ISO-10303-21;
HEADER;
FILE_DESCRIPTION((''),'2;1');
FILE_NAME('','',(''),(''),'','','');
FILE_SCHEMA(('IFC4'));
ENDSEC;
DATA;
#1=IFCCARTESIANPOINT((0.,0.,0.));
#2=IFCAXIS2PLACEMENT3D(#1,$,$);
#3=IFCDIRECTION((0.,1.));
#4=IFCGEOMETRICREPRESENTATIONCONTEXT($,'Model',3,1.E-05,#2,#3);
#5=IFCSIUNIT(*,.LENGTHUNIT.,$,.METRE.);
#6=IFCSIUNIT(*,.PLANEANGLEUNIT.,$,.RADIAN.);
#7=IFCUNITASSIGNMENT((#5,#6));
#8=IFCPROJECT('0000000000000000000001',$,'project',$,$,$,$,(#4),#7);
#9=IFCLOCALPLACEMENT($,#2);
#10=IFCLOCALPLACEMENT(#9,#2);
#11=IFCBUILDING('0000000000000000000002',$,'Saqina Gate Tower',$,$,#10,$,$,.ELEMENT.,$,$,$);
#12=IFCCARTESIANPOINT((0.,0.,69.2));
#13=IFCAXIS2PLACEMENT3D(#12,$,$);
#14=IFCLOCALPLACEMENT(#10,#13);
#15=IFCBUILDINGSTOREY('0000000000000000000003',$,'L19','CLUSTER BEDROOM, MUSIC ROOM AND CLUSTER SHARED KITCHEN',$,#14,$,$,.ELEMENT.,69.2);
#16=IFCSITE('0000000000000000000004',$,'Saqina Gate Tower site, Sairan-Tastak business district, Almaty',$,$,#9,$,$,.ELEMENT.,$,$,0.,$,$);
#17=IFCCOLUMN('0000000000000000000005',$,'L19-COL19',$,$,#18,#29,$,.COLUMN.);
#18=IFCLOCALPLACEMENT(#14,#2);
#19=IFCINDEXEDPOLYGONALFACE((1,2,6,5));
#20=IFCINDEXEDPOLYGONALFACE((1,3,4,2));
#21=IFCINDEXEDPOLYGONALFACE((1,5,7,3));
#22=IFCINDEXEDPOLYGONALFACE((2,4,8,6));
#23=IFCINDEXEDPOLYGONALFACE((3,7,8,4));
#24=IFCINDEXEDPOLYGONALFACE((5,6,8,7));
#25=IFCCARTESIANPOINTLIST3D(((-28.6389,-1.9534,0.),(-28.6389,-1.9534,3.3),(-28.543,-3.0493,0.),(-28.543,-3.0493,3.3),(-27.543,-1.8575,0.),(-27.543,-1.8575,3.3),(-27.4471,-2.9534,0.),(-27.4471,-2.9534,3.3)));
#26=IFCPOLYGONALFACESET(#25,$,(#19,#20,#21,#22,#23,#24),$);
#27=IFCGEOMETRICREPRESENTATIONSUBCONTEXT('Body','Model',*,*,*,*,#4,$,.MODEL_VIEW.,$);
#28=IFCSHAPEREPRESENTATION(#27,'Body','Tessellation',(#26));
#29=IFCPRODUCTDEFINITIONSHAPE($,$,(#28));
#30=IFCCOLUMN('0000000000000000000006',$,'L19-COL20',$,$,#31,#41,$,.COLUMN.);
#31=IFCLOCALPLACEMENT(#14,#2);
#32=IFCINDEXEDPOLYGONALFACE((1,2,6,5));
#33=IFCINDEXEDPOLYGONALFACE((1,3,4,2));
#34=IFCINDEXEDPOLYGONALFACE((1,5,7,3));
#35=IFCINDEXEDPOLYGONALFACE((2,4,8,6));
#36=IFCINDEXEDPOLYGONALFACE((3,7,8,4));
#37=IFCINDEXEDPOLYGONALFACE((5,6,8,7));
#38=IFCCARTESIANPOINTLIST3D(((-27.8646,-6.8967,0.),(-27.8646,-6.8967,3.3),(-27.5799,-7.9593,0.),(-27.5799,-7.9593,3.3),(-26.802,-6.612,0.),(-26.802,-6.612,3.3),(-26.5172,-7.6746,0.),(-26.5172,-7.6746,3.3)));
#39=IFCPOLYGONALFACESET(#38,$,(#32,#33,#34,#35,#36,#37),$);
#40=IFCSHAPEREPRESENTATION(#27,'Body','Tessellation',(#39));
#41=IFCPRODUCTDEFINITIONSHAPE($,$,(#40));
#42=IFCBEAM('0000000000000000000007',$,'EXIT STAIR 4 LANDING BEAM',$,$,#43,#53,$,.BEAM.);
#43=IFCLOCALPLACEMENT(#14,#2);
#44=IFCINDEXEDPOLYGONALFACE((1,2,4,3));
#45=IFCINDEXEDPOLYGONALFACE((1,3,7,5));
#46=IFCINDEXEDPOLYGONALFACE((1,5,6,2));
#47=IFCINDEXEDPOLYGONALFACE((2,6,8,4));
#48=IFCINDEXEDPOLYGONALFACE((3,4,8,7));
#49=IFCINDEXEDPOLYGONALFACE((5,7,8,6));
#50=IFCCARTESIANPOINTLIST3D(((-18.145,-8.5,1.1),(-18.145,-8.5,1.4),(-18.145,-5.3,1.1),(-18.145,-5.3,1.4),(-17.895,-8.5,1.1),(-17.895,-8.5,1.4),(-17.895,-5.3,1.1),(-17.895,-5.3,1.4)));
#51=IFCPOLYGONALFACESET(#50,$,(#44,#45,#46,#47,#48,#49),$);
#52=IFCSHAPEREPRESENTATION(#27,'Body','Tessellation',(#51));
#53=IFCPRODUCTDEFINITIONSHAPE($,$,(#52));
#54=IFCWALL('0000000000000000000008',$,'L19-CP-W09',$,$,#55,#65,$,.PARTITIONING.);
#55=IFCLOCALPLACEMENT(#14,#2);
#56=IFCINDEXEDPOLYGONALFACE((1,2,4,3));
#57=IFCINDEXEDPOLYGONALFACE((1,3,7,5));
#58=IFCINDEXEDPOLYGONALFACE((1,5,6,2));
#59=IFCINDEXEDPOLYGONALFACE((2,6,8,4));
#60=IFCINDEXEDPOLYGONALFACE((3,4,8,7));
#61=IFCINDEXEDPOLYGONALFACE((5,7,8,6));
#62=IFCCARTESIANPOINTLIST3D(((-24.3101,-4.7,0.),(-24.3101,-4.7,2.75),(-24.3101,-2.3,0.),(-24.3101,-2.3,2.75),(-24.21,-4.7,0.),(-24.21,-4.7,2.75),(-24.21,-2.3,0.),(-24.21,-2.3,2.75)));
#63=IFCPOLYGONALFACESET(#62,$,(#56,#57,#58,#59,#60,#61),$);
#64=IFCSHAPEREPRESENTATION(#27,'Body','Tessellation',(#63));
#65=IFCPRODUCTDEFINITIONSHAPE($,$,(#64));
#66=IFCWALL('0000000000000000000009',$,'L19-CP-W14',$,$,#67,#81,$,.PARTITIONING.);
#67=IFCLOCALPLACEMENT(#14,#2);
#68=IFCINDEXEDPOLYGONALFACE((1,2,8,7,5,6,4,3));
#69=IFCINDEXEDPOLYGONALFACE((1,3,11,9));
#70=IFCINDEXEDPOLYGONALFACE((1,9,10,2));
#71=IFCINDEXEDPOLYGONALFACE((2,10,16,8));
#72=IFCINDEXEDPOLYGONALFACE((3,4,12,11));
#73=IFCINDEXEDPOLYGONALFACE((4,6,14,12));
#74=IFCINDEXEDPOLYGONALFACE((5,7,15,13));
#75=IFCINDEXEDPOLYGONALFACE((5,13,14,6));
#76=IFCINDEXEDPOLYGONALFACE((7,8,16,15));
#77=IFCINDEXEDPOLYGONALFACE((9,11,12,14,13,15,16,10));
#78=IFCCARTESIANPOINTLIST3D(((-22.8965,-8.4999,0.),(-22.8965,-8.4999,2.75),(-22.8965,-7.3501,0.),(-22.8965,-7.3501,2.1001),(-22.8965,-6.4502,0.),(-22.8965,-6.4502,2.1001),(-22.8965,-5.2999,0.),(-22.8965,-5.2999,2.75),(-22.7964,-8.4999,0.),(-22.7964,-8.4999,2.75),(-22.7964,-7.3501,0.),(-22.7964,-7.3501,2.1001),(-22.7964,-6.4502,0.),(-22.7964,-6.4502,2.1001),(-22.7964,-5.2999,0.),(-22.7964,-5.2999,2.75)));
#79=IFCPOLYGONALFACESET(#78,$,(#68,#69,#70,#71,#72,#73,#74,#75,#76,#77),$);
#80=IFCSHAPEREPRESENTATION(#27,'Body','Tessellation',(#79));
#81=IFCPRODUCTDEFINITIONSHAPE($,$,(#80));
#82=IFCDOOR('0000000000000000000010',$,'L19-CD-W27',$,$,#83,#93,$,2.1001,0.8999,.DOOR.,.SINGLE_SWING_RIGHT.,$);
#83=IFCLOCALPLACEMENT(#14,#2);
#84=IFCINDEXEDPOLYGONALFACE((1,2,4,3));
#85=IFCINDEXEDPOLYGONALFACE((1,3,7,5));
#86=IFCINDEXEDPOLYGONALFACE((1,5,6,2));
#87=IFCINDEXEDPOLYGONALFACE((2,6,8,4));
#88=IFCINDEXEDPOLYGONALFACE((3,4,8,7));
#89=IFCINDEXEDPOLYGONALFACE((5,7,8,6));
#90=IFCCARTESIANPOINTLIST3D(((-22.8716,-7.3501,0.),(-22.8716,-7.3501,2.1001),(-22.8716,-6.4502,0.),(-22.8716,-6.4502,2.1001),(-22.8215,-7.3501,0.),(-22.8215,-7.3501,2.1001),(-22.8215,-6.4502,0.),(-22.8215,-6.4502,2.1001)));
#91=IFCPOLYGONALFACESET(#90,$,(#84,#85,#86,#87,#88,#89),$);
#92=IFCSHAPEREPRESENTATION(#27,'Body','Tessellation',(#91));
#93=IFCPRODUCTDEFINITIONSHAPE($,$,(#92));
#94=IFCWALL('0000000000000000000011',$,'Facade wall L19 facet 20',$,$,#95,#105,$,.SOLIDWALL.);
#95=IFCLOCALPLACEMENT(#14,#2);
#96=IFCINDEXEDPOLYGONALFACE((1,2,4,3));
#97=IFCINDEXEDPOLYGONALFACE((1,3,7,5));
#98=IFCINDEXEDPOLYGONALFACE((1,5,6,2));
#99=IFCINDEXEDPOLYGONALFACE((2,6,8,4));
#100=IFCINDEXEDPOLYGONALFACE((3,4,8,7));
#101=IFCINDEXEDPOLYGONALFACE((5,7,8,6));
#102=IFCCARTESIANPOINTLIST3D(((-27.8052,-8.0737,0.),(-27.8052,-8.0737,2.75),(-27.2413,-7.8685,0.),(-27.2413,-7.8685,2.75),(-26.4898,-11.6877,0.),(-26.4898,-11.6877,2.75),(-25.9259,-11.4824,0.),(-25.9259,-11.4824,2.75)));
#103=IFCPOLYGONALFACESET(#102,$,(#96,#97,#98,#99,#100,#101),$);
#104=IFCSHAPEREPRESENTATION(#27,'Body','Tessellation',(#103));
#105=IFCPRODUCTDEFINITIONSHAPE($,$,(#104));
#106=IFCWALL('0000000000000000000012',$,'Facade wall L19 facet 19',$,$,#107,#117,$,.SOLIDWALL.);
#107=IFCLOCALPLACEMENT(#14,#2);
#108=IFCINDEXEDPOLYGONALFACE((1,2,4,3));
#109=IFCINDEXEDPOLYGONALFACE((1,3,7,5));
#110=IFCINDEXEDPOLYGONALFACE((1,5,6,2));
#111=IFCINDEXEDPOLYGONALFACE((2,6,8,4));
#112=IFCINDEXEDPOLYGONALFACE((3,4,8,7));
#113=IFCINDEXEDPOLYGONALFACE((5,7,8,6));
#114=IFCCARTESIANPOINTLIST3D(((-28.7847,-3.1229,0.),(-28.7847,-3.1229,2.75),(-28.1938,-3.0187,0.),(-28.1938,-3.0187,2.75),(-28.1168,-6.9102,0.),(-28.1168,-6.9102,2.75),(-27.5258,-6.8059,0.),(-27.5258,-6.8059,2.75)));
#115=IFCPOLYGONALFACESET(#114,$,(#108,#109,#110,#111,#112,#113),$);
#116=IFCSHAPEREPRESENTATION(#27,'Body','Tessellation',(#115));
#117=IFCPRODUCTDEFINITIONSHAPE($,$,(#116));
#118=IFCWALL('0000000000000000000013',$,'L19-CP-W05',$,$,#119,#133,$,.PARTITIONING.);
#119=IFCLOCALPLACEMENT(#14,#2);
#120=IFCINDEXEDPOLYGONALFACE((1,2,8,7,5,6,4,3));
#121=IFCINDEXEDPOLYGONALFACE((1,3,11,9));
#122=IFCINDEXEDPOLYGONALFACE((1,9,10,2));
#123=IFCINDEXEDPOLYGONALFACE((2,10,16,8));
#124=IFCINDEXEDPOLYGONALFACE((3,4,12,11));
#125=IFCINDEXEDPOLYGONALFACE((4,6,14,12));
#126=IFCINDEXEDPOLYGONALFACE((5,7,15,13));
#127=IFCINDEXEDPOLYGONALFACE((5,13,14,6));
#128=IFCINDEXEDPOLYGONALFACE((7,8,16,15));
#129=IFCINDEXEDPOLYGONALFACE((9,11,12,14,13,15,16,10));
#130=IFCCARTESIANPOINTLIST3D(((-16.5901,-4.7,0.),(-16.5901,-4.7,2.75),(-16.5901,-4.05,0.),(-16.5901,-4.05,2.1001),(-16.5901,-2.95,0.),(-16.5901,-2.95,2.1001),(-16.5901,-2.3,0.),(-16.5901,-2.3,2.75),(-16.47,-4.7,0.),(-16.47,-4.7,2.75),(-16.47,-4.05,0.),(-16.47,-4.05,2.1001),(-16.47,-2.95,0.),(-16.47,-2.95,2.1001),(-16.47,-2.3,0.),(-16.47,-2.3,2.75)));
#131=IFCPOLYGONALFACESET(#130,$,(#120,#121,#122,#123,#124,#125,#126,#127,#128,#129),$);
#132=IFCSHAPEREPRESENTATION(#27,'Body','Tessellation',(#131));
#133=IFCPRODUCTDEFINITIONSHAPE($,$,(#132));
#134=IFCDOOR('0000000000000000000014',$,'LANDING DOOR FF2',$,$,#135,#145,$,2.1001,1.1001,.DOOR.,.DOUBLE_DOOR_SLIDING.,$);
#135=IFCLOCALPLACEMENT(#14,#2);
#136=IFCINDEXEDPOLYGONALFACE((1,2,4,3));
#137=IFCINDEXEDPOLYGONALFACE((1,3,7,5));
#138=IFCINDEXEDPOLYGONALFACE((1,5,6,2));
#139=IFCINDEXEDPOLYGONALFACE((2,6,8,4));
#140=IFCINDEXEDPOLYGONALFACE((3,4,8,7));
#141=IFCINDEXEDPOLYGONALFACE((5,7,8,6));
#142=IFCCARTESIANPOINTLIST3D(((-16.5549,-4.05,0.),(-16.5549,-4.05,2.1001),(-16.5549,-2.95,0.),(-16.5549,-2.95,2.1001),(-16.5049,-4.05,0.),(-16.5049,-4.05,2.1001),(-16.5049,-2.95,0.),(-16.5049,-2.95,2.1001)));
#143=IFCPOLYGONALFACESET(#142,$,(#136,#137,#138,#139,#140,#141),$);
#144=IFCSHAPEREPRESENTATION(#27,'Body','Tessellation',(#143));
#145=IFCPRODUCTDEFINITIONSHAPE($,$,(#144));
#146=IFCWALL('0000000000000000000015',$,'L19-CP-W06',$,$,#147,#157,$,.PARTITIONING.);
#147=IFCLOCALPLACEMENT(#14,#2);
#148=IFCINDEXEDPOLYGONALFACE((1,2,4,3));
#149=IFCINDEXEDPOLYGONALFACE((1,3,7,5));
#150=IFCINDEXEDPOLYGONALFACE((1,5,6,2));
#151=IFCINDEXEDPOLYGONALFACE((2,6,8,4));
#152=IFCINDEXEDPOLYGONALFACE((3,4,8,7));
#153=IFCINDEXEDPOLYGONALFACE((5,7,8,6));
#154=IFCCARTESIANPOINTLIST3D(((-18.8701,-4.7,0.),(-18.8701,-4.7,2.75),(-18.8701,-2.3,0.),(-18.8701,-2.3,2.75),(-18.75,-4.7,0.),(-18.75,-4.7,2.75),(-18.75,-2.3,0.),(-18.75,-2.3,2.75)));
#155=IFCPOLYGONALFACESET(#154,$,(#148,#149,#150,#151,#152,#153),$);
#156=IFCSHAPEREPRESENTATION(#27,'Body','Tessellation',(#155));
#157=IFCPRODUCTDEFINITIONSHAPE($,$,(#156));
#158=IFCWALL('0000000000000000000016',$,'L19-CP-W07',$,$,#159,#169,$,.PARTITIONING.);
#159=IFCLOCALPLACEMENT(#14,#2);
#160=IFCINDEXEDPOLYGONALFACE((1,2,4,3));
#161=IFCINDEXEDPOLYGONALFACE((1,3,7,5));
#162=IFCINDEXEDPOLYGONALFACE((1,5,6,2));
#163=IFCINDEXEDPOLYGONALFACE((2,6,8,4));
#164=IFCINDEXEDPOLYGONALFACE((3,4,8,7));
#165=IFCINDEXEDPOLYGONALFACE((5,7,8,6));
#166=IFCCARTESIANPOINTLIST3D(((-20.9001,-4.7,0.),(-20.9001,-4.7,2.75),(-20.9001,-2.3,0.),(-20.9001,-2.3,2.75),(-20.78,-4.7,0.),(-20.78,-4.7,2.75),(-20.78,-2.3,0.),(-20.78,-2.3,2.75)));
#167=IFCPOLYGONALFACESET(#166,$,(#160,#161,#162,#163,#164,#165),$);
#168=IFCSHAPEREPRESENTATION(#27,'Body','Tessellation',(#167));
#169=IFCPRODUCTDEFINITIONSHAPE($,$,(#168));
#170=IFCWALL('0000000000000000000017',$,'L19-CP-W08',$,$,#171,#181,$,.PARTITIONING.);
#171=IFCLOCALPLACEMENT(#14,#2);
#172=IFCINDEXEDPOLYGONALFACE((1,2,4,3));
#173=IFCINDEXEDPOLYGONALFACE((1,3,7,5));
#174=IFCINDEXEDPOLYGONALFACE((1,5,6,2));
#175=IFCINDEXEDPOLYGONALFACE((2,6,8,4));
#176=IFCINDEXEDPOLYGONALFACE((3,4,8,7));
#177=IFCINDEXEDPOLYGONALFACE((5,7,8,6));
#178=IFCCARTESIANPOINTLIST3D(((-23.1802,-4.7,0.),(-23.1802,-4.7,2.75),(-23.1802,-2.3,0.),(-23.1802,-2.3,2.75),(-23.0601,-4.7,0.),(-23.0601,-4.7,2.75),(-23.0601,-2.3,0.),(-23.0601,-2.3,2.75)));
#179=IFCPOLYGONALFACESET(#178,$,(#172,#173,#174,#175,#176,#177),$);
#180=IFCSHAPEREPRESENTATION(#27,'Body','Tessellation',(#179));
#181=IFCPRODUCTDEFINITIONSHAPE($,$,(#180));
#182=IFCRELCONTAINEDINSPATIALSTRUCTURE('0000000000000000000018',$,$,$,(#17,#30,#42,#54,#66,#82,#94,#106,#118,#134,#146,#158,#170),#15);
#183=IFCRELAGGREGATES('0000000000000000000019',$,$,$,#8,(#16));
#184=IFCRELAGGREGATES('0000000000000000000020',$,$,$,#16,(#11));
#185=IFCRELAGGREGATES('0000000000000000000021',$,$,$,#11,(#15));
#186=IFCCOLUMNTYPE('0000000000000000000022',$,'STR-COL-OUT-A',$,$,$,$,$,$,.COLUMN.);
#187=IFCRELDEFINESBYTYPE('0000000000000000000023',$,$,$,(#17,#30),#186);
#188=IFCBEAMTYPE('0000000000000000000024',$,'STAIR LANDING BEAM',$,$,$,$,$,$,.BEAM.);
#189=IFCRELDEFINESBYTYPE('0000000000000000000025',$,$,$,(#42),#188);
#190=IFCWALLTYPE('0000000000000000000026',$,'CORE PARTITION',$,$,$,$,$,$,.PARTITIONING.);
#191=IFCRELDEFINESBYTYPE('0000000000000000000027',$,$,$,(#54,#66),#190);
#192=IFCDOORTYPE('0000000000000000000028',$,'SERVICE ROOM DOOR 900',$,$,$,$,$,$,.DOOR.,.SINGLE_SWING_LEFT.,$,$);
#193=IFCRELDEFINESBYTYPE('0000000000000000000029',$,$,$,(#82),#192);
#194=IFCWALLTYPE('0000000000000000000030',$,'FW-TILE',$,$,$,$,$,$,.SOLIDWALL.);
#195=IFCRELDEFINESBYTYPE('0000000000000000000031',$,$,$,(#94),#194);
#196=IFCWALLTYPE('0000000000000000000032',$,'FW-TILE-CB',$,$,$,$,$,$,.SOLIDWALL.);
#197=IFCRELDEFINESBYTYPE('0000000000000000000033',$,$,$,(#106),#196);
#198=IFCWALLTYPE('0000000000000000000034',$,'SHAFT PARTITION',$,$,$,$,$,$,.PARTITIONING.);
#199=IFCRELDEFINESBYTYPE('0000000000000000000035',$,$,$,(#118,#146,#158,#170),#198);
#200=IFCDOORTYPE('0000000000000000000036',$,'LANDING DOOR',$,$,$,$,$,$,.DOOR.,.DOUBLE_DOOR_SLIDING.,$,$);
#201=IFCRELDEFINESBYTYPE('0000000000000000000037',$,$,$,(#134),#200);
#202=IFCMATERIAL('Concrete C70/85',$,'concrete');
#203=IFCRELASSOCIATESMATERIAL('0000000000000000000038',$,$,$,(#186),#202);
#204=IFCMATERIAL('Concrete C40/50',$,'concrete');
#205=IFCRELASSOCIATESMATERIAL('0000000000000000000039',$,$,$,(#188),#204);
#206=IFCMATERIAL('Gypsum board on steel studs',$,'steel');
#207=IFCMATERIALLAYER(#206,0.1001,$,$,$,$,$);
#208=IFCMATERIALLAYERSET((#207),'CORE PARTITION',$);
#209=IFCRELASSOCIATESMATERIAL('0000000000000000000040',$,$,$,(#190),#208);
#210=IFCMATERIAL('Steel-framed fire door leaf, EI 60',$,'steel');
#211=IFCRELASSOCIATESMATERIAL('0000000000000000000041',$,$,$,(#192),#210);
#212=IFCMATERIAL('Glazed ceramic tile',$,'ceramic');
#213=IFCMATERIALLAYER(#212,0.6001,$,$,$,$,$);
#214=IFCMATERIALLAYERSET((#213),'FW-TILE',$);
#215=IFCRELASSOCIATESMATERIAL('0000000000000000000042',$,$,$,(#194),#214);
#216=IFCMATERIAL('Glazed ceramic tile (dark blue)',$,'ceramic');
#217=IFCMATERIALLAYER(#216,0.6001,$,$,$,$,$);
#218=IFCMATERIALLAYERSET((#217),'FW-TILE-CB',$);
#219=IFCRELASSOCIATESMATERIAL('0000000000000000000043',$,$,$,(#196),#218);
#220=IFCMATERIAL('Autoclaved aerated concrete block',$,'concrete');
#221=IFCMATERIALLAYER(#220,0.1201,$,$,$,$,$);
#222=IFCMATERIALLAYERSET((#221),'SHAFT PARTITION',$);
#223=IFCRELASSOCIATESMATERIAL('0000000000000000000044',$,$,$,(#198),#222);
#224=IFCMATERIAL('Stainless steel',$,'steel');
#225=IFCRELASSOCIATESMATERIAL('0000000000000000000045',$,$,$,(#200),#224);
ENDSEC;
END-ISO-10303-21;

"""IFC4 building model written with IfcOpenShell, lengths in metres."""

from ifc_helpers import new_model, si_unit, direction, frame, frame_2d, origin, origin_2d, place, context, subcontext, project, spatial, rectangle, extrude, material, layer, layer_set, material_profile, profile_set, type_object, element, fill, save


model = new_model("IFC4")

# Units and contexts
model_context = context("Model", 3, precision=1e-05, world=origin(), true_north=direction((0.0, 1.0)))
body_context = subcontext(model_context, "Body", "Model", "MODEL_VIEW")
ifc_project = project(units=[si_unit("LENGTHUNIT", "METRE"), si_unit("PLANEANGLEUNIT", "RADIAN")], contexts=[model_context])

# Site, building, storey
site_placement = place(None, origin())
site = spatial("IfcSite", under=ifc_project, at=site_placement, Name="Saqina Gate Tower site, Sairan-Tastak business district, Almaty", CompositionType="ELEMENT", RefElevation=0.0)
building_placement = place(site_placement, origin())
building = spatial("IfcBuilding", under=site, at=building_placement, Name="Saqina Gate Tower", CompositionType="ELEMENT")
storey_placement = place(building_placement, frame((0.0, 0.0, 69.2)))
storey = spatial("IfcBuildingStorey", under=building, at=storey_placement, Name="L19", Description="CLUSTER BEDROOM, MUSIC ROOM AND CLUSTER SHARED KITCHEN", CompositionType="ELEMENT", Elevation=69.2)

# Columns
ifc_material_1 = material(Name="Concrete C70/85", Category="concrete")
ifc_material_profile_1 = material_profile(ifc_material_1, rectangle(XDim=1.1001, YDim=1.1001, at=origin_2d()), Name="RC 1100x1100")
ifc_profile_set_1 = profile_set([ifc_material_profile_1], Name="Concrete C70/85")
column_type = type_object("IfcColumnType", Name="STR-COL-OUT-A", PredefinedType="COLUMN", material=ifc_profile_set_1)
for number, where, z_axis, x_axis, name in (
    (1, (-28.043, -2.4534, 0.0), (0.0, 0.0, 1.0), (-0.996195, -0.087156, 0.0), "L19-COL19"),
    (2, (-27.1909, -7.2856, 0.0), (0.0, 0.0, 1.0), (-0.965926, -0.258819, 0.0), "L19-COL20"),
):
    element("IfcColumn", number, at=place(storey_placement, frame(where, z_axis=z_axis, x_axis=x_axis)), inside=storey, type_object=column_type, Name=name, PredefinedType="COLUMN", context=body_context, shape_type="SweptSolid", body=[
        extrude(rectangle(XDim=1.1001, YDim=1.1001, at=origin_2d()), origin(), (0.0, 0.0, 1.0), 3.3),
    ])

# Beam
ifc_material_2 = material(Name="Concrete C40/50", Category="concrete")
ifc_material_profile_2 = material_profile(ifc_material_2, rectangle(XDim=0.25, YDim=0.3, at=origin_2d()), Name="STAIR LANDING BEAM")
ifc_profile_set_2 = profile_set([ifc_material_profile_2], Name="Concrete C40/50")
beam_type = type_object("IfcBeamType", Name="STAIR LANDING BEAM", PredefinedType="BEAM", material=ifc_profile_set_2)
beam_placement = place(storey_placement, frame((-18.02, -8.5, 1.25), z_axis=(0.0, 1.0, 0.0), x_axis=(-1.0, 0.0, 0.0)))
element("IfcBeam", 3, at=beam_placement, inside=storey, type_object=beam_type, Name="EXIT STAIR 4 LANDING BEAM", PredefinedType="BEAM", context=body_context, shape_type="SweptSolid", body=[
    extrude(rectangle(XDim=0.25, YDim=0.3, at=origin_2d()), origin(), (0.0, 0.0, 1.0), 3.2),
])

# Wall
ifc_material_3 = material(Name="Gypsum board on steel studs", Category="steel")
ifc_layer_1 = layer(ifc_material_3, 0.1001)
ifc_layer_set_1 = layer_set([ifc_layer_1], Name="CORE PARTITION")
wall_type_1 = type_object("IfcWallType", Name="CORE PARTITION", PredefinedType="PARTITIONING", material=ifc_layer_set_1)
wall_1_placement = place(storey_placement, frame((-24.26, -4.7, 0.0), z_axis=(0.0, 0.0, 1.0), x_axis=(0.0, 1.0, 0.0)))
element("IfcWall", 4, at=wall_1_placement, inside=storey, type_object=wall_type_1, Name="L19-CP-W09", PredefinedType="PARTITIONING", context=body_context, shape_type="SweptSolid", body=[
    extrude(rectangle(XDim=2.3999, YDim=0.1001, at=frame_2d((1.2, 0.0))), origin(), (0.0, 0.0, 1.0), 2.75),
])

# Wall, opening, door
wall_2_placement = place(storey_placement, frame((-22.8464, -8.5, 0.0), z_axis=(0.0, 0.0, 1.0), x_axis=(0.0, 1.0, 0.0)))
wall_2 = element("IfcWall", 5, at=wall_2_placement, inside=storey, type_object=wall_type_1, Name="L19-CP-W14", PredefinedType="PARTITIONING", context=body_context, shape_type="SweptSolid", body=[
    extrude(rectangle(XDim=3.2, YDim=0.1001, at=frame_2d((1.6001, 0.0))), origin(), (0.0, 0.0, 1.0), 2.75),
])
opening_1_placement = place(wall_2_placement, frame((1.1499, 0.0, 0.0)))
opening_1 = element("IfcOpeningElement", 6, at=opening_1_placement, cuts=wall_2, PredefinedType="OPENING", context=body_context, shape_type="SweptSolid", body=[
    extrude(rectangle(XDim=0.8999, YDim=2.1001, at=frame_2d((0.45, 1.05))), frame((0.0, 0.062, 0.0), z_axis=(0.0, -1.0, 0.0), x_axis=(1.0, 0.0, 0.0)), (0.0, 0.0, 1.0), 0.124),
])
ifc_material_4 = material(Name="Steel-framed fire door leaf, EI 60", Category="steel")
door_type_1 = type_object("IfcDoorType", Name="SERVICE ROOM DOOR 900", OperationType="SINGLE_SWING_LEFT", PredefinedType="DOOR", material=ifc_material_4)
door_1_placement = place(opening_1_placement, frame((0.8999, 0.0, 0.0), z_axis=(0.0, 0.0, 1.0), x_axis=(-1.0, 0.0, 0.0)))
door_1 = element("IfcDoor", 7, at=door_1_placement, inside=storey, type_object=door_type_1, Name="L19-CD-W27", OperationType="SINGLE_SWING_RIGHT", OverallHeight=2.1001, OverallWidth=0.8999, PredefinedType="DOOR", context=body_context, shape_type="SweptSolid", body=[
    extrude(rectangle(XDim=0.8999, YDim=2.1001, at=frame_2d((0.45, 1.05))), frame((0.0, 0.0249, 0.0), z_axis=(0.0, -1.0, 0.0), x_axis=(1.0, 0.0, 0.0)), (0.0, 0.0, 1.0), 0.05),
])
fill(opening_1, door_1)

# Walls
ifc_material_5 = material(Name="Glazed ceramic tile", Category="ceramic")
ifc_layer_2 = layer(ifc_material_5, 0.6001)
ifc_layer_set_2 = layer_set([ifc_layer_2], Name="FW-TILE")
wall_type_2 = type_object("IfcWallType", Name="FW-TILE", PredefinedType="SOLIDWALL", material=ifc_layer_set_2)
wall_3_placement = place(storey_placement, frame((-27.5232, -7.9712, 0.0), z_axis=(0.0, 0.0, 1.0), x_axis=(0.342028, -0.93969, 0.0)))
element("IfcWall", 8, at=wall_3_placement, inside=storey, type_object=wall_type_2, Name="Facade wall L19 facet 20", PredefinedType="SOLIDWALL", context=body_context, shape_type="SweptSolid", body=[
    extrude(rectangle(XDim=3.8459, YDim=0.6001, at=frame_2d((1.9229, 0.0))), origin(), (0.0, 0.0, 1.0), 2.75),
])
ifc_material_6 = material(Name="Glazed ceramic tile (dark blue)", Category="ceramic")
ifc_layer_3 = layer(ifc_material_6, 0.6001)
ifc_layer_set_3 = layer_set([ifc_layer_3], Name="FW-TILE-CB")
wall_type_3 = type_object("IfcWallType", Name="FW-TILE-CB", PredefinedType="SOLIDWALL", material=ifc_layer_set_3)
wall_4_placement = place(storey_placement, frame((-28.4893, -3.0708, 0.0), z_axis=(0.0, 0.0, 1.0), x_axis=(0.173688, -0.984801, 0.0)))
element("IfcWall", 9, at=wall_4_placement, inside=storey, type_object=wall_type_3, Name="Facade wall L19 facet 19", PredefinedType="SOLIDWALL", context=body_context, shape_type="SweptSolid", body=[
    extrude(rectangle(XDim=3.8457, YDim=0.6001, at=frame_2d((1.9229, 0.0))), origin(), (0.0, 0.0, 1.0), 2.75),
])

# Wall, opening, door
ifc_material_7 = material(Name="Autoclaved aerated concrete block", Category="concrete")
ifc_layer_4 = layer(ifc_material_7, 0.1201)
ifc_layer_set_4 = layer_set([ifc_layer_4], Name="SHAFT PARTITION")
wall_type_4 = type_object("IfcWallType", Name="SHAFT PARTITION", PredefinedType="PARTITIONING", material=ifc_layer_set_4)
wall_5_placement = place(storey_placement, frame((-16.53, -4.7, 0.0), z_axis=(0.0, 0.0, 1.0), x_axis=(0.0, 1.0, 0.0)))
wall_5 = element("IfcWall", 10, at=wall_5_placement, inside=storey, type_object=wall_type_4, Name="L19-CP-W05", PredefinedType="PARTITIONING", context=body_context, shape_type="SweptSolid", body=[
    extrude(rectangle(XDim=2.3999, YDim=0.1201, at=frame_2d((1.2, 0.0))), origin(), (0.0, 0.0, 1.0), 2.75),
])
opening_2_placement = place(wall_5_placement, frame((0.6499, 0.0, 0.0)))
opening_2 = element("IfcOpeningElement", 11, at=opening_2_placement, cuts=wall_5, PredefinedType="OPENING", context=body_context, shape_type="SweptSolid", body=[
    extrude(rectangle(XDim=1.1001, YDim=2.1001, at=frame_2d((0.55, 1.05))), frame((0.0, 0.072, 0.0), z_axis=(0.0, -1.0, 0.0), x_axis=(1.0, 0.0, 0.0)), (0.0, 0.0, 1.0), 0.144),
])
ifc_material_8 = material(Name="Stainless steel", Category="steel")
door_type_2 = type_object("IfcDoorType", Name="LANDING DOOR", OperationType="DOUBLE_DOOR_SLIDING", PredefinedType="DOOR", material=ifc_material_8)
door_2_placement = place(opening_2_placement, origin())
door_2 = element("IfcDoor", 12, at=door_2_placement, inside=storey, type_object=door_type_2, Name="LANDING DOOR FF2", OperationType="DOUBLE_DOOR_SLIDING", OverallHeight=2.1001, OverallWidth=1.1001, PredefinedType="DOOR", context=body_context, shape_type="SweptSolid", body=[
    extrude(rectangle(XDim=1.1001, YDim=2.1001, at=frame_2d((0.55, 1.05))), frame((0.0, 0.0249, 0.0), z_axis=(0.0, -1.0, 0.0), x_axis=(1.0, 0.0, 0.0)), (0.0, 0.0, 1.0), 0.05),
])
fill(opening_2, door_2)

# Walls
for number, where, z_axis, x_axis, name in (
    (13, (-18.8101, -4.7, 0.0), (0.0, 0.0, 1.0), (0.0, 1.0, 0.0), "L19-CP-W06"),
    (14, (-20.8401, -4.7, 0.0), (0.0, 0.0, 1.0), (0.0, 1.0, 0.0), "L19-CP-W07"),
    (15, (-23.1201, -4.7, 0.0), (0.0, 0.0, 1.0), (0.0, 1.0, 0.0), "L19-CP-W08"),
):
    element("IfcWall", number, at=place(storey_placement, frame(where, z_axis=z_axis, x_axis=x_axis)), inside=storey, type_object=wall_type_4, Name=name, PredefinedType="PARTITIONING", context=body_context, shape_type="SweptSolid", body=[
        extrude(rectangle(XDim=2.3999, YDim=0.1201, at=frame_2d((1.2, 0.0))), origin(), (0.0, 0.0, 1.0), 2.75),
    ])

save(model, "model.ifc")
